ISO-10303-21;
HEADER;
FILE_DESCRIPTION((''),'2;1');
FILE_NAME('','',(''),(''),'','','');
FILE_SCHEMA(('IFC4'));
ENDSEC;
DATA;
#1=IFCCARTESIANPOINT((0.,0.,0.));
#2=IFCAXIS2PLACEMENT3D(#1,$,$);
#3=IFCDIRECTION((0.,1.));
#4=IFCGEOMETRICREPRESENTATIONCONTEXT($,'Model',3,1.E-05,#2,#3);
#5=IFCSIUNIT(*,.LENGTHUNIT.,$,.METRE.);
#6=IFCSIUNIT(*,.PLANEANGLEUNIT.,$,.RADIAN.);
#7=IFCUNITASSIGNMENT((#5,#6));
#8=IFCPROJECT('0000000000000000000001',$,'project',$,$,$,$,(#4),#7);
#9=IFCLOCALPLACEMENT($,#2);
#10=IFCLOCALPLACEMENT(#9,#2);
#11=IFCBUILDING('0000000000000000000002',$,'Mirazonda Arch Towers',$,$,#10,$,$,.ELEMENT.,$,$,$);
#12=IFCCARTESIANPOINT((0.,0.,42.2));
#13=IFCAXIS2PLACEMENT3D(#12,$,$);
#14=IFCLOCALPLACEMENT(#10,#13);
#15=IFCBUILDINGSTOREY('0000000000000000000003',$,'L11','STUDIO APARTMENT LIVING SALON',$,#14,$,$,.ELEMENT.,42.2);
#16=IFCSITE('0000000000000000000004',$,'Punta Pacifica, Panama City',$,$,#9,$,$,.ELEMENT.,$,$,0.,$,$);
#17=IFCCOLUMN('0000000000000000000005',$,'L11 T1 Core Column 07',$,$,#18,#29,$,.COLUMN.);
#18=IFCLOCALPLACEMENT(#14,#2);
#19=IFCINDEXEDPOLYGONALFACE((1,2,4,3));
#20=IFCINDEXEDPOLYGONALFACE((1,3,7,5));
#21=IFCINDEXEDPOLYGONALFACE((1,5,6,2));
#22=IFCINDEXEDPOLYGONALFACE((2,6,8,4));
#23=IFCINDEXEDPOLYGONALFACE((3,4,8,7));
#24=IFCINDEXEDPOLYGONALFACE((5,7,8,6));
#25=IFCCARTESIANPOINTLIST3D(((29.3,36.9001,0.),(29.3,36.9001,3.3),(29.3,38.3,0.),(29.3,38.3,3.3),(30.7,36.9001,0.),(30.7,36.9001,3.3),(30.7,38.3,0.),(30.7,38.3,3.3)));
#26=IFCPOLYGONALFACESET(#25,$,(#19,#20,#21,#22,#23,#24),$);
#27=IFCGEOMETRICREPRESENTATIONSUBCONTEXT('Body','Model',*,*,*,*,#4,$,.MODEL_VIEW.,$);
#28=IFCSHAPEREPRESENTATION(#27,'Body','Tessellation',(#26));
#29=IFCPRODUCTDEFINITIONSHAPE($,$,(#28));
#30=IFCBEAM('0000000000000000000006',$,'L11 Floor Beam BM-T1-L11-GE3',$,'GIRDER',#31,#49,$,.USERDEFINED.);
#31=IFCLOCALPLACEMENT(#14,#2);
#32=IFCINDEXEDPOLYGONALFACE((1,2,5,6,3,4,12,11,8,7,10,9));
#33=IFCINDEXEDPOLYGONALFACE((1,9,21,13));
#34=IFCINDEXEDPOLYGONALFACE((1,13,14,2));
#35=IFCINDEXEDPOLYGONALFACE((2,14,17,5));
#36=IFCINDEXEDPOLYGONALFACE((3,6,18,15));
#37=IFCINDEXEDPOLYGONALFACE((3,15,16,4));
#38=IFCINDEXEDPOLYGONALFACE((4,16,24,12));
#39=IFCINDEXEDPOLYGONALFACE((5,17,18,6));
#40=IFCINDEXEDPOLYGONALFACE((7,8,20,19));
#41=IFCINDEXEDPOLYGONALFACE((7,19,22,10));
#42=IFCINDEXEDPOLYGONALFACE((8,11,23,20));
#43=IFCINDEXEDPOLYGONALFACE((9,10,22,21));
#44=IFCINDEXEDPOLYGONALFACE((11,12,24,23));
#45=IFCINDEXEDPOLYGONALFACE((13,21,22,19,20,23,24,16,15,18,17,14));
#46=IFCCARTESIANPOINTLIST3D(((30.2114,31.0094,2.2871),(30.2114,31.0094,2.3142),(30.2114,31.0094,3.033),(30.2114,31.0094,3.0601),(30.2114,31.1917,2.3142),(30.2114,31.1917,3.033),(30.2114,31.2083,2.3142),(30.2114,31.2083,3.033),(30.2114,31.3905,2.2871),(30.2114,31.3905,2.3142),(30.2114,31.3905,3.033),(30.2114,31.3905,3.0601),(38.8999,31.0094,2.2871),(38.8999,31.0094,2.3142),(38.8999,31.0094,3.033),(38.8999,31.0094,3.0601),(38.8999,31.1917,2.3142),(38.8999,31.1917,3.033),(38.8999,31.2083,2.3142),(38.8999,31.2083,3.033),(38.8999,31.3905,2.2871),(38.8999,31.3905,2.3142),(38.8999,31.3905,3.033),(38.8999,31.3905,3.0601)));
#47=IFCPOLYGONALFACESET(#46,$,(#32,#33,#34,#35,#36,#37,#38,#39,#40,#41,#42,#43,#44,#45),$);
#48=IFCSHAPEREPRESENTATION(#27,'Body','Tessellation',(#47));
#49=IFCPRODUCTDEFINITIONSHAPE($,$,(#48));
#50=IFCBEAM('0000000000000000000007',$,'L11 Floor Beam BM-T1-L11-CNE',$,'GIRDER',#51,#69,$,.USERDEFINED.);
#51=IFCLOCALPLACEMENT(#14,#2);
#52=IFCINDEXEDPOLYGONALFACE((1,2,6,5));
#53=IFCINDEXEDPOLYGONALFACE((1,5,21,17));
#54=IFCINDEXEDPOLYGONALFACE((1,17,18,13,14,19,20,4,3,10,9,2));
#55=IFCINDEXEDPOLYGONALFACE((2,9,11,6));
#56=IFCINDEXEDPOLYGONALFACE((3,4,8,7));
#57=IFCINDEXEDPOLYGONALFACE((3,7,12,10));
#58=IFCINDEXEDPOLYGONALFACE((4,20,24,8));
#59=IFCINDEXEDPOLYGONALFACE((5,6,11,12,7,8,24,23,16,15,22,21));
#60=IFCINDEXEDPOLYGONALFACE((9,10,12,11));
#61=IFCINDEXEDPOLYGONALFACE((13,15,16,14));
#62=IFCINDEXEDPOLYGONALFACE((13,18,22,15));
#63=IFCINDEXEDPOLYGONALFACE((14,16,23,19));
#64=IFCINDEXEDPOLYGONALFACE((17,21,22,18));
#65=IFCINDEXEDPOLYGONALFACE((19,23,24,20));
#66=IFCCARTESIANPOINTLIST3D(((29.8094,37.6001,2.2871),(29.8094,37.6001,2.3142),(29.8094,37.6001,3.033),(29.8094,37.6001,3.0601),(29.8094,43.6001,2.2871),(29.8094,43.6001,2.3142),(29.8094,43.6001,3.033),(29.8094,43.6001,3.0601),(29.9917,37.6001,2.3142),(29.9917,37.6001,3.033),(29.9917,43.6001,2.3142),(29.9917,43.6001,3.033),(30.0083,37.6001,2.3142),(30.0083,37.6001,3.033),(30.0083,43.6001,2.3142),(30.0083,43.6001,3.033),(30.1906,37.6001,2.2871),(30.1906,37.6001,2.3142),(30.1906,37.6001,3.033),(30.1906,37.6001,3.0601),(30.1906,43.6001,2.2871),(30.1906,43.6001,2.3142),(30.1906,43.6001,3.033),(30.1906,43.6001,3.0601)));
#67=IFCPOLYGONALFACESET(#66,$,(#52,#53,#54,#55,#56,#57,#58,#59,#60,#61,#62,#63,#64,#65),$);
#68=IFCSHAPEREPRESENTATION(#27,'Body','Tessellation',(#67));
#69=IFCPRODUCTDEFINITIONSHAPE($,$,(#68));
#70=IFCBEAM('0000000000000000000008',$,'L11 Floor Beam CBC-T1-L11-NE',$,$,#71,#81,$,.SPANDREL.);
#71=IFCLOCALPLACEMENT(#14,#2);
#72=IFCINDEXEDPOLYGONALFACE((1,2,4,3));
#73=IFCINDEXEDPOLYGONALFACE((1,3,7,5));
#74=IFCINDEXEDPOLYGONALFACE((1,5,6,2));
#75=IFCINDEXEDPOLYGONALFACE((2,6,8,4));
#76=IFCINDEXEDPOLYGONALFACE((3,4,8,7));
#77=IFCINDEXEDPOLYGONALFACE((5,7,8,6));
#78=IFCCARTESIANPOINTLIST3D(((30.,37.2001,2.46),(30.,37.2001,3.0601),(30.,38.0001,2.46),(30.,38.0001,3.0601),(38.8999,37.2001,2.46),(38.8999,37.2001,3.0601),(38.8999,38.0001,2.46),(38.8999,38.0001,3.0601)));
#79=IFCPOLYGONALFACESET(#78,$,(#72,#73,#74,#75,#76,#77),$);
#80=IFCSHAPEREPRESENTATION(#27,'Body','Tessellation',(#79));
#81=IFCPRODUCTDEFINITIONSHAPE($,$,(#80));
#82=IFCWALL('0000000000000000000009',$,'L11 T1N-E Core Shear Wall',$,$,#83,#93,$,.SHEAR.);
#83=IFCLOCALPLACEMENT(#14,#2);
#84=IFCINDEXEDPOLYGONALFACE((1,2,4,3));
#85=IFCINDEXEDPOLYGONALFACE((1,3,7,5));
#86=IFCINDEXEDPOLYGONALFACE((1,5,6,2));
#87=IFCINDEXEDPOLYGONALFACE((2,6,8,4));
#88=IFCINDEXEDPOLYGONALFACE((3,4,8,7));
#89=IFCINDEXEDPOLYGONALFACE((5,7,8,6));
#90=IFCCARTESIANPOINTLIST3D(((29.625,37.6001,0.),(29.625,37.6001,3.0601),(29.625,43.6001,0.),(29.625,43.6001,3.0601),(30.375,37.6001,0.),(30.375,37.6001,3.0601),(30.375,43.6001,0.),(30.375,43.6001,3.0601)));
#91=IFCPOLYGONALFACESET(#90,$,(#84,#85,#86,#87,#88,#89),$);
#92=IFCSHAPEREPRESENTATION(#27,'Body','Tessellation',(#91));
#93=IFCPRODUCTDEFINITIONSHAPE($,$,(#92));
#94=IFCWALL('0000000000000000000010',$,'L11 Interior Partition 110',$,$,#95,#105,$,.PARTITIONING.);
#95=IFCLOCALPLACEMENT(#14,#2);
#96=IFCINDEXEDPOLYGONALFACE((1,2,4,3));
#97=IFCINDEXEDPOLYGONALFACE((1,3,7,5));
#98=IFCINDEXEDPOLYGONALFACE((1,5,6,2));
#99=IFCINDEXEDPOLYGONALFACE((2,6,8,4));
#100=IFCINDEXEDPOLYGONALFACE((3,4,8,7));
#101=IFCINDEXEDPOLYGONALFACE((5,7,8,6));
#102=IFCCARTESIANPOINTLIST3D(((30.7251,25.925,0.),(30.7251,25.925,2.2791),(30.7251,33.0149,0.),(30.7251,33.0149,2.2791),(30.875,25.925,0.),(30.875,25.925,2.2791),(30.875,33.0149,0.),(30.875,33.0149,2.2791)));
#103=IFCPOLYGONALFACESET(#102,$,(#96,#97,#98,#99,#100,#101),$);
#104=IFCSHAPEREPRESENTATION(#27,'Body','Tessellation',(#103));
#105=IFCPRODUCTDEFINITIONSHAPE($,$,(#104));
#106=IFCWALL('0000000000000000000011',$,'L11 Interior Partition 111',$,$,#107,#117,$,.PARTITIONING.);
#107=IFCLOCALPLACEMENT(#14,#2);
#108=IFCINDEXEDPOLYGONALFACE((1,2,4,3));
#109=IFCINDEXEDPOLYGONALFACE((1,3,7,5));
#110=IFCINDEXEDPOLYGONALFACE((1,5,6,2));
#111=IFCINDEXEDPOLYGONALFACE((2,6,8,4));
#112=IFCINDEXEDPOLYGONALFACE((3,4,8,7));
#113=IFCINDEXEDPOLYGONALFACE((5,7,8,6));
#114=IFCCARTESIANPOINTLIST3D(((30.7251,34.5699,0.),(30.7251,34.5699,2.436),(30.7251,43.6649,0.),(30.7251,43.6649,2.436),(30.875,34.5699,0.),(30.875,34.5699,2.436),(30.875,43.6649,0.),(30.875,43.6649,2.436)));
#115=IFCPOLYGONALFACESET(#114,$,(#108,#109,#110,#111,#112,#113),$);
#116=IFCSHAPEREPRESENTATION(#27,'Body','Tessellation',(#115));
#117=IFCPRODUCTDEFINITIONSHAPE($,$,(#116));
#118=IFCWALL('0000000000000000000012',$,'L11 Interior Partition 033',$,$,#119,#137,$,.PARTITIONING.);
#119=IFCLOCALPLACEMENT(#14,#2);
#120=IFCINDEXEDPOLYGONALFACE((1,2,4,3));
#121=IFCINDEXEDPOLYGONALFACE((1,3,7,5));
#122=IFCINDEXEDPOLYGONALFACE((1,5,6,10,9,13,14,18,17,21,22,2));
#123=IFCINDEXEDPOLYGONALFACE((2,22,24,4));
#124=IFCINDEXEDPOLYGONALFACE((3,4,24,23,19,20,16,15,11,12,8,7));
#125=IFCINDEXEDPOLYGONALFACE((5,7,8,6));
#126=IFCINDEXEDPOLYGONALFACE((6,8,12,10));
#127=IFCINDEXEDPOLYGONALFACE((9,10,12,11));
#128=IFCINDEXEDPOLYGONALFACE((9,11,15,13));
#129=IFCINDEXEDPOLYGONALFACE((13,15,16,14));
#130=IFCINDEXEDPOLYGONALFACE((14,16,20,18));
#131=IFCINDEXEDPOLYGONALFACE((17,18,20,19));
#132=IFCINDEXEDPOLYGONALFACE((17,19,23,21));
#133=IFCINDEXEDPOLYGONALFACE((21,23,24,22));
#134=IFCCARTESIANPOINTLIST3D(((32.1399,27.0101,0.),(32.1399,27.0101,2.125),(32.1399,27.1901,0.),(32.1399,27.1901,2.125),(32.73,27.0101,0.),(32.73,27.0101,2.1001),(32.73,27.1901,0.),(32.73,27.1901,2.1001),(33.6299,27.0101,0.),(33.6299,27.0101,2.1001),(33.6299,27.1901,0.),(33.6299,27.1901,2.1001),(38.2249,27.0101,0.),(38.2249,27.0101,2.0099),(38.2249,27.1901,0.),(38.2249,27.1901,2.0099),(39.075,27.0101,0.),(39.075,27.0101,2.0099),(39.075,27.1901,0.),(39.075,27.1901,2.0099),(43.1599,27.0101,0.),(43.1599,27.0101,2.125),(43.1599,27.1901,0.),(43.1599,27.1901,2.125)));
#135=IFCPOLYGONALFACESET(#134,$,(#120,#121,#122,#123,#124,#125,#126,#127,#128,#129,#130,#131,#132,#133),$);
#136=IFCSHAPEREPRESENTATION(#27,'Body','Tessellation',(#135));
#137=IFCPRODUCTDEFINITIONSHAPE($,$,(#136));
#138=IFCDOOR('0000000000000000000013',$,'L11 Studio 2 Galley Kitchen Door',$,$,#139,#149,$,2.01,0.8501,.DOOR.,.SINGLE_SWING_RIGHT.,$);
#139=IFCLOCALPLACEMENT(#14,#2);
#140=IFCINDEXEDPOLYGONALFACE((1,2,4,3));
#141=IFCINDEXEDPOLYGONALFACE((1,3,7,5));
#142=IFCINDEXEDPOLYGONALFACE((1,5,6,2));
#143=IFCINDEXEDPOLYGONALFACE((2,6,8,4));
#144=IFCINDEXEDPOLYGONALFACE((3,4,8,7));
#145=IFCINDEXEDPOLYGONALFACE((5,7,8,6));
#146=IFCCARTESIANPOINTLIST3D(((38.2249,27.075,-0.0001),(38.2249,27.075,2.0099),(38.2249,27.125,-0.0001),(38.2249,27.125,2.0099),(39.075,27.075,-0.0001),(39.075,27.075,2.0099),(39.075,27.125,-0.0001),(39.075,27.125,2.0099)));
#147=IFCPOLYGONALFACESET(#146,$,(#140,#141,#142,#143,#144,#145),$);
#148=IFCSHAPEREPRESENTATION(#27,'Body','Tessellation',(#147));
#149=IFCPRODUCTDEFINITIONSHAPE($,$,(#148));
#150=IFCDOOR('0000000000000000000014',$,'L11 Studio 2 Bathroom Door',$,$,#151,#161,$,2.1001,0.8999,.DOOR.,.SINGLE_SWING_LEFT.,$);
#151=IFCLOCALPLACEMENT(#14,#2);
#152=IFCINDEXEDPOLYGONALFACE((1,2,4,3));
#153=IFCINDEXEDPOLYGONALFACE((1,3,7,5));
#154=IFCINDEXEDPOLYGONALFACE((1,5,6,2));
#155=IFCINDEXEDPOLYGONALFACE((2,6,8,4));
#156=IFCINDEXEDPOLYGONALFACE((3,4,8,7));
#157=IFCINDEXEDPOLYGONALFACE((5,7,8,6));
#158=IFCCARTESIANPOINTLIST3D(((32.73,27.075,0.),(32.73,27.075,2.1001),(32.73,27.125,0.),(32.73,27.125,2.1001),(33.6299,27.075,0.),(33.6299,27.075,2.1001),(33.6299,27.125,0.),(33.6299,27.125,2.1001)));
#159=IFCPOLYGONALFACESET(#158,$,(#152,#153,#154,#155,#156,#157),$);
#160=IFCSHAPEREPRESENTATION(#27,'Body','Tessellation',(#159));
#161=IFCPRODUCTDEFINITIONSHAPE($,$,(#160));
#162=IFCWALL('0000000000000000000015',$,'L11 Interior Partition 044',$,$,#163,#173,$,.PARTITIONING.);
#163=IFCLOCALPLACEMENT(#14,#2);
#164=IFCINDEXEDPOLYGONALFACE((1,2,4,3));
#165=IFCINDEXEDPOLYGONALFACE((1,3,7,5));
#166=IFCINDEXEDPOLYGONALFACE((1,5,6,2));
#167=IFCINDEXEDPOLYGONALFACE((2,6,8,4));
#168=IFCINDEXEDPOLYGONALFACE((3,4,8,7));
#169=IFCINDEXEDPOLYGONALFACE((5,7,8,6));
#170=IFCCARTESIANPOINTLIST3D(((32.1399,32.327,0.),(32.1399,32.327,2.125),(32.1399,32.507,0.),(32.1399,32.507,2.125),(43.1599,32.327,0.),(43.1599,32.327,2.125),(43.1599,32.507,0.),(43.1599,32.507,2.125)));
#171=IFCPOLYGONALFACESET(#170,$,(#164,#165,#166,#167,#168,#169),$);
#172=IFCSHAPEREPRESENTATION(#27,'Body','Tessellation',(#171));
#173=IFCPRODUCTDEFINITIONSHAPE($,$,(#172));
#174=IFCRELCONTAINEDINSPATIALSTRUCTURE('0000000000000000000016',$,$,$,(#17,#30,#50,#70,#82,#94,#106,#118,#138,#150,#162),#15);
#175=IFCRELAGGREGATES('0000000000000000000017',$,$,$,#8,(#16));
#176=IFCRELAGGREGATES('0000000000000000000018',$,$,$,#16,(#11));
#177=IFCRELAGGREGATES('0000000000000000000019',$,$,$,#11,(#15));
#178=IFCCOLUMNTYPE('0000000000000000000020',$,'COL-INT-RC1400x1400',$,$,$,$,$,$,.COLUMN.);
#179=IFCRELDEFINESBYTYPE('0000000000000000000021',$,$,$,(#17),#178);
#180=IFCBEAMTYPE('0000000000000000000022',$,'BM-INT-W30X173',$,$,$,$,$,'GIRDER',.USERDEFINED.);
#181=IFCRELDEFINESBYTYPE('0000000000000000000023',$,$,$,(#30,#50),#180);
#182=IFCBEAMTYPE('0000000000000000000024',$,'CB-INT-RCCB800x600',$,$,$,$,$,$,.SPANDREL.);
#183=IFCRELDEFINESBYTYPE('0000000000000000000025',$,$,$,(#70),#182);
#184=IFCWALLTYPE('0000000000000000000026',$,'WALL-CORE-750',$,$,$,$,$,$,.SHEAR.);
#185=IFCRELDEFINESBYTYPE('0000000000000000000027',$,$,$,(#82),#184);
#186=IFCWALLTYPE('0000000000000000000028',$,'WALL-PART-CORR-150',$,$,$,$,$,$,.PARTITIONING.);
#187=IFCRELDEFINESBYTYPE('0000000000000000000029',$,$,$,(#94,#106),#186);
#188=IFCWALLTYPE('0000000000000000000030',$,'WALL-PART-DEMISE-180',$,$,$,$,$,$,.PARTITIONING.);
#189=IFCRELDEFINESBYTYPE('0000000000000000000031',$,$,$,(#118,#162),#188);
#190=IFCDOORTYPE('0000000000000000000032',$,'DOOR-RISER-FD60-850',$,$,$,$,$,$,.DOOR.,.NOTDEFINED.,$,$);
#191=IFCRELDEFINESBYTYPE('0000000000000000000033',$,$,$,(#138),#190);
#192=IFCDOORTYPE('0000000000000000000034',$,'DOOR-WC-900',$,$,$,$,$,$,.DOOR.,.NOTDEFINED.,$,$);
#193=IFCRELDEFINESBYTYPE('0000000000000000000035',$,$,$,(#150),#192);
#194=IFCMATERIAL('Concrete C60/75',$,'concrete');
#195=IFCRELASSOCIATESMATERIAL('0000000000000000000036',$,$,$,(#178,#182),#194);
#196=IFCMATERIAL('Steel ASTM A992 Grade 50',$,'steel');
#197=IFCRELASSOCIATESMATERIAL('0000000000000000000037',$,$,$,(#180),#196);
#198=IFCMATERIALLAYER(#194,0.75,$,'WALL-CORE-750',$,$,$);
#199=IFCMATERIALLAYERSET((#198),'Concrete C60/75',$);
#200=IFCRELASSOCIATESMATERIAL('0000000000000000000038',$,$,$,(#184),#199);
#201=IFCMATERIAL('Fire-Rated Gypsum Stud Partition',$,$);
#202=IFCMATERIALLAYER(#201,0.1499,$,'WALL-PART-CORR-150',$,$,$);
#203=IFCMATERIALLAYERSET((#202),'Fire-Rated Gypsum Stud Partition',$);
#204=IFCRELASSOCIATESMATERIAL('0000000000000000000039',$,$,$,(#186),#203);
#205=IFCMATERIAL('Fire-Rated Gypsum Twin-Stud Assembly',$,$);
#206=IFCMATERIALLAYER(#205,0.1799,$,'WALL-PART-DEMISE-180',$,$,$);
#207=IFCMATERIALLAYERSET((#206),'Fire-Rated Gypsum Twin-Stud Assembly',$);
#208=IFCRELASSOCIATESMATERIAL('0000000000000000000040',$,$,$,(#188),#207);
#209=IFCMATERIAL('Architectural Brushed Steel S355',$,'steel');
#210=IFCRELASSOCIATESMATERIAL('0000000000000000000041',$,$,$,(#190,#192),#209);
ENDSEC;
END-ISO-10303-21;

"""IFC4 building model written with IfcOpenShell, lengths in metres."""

from ifc_helpers import new_model, si_unit, direction, frame, frame_2d, origin, origin_2d, place, context, subcontext, project, spatial, rectangle, i_section, extrude, material, layer, layer_set, material_profile, profile_set, type_object, element, fill, save


model = new_model("IFC4")

# Units and contexts
model_context = context("Model", 3, precision=1e-05, world=origin(), true_north=direction((0.0, 1.0)))
body_context = subcontext(model_context, "Body", "Model", "MODEL_VIEW")
ifc_project = project(units=[si_unit("LENGTHUNIT", "METRE"), si_unit("PLANEANGLEUNIT", "RADIAN")], contexts=[model_context])

# Site, building, storey
site_placement = place(None, origin())
site = spatial("IfcSite", under=ifc_project, at=site_placement, Name="Punta Pacifica, Panama City", CompositionType="ELEMENT", RefElevation=0.0)
building_placement = place(site_placement, origin())
building = spatial("IfcBuilding", under=site, at=building_placement, Name="Mirazonda Arch Towers", CompositionType="ELEMENT")
storey_placement = place(building_placement, frame((0.0, 0.0, 42.2)))
storey = spatial("IfcBuildingStorey", under=building, at=storey_placement, Name="L11", Description="STUDIO APARTMENT LIVING SALON", CompositionType="ELEMENT", Elevation=42.2)

# Column
ifc_material_1 = material(Name="Concrete C60/75", Category="concrete")
ifc_material_profile_1 = material_profile(ifc_material_1, rectangle(XDim=1.3999, YDim=1.3999, at=origin_2d()), Name="RC1400x1400")
ifc_profile_set_1 = profile_set([ifc_material_profile_1], Name="Concrete C60/75")
column_type = type_object("IfcColumnType", Name="COL-INT-RC1400x1400", PredefinedType="COLUMN", material=ifc_profile_set_1)
column_placement = place(storey_placement, frame((30.0, 37.6001, 0.0), z_axis=(0.0, 0.0, 1.0), x_axis=(1.0, 0.0, 0.0)))
element("IfcColumn", 1, at=column_placement, inside=storey, type_object=column_type, Name="L11 T1 Core Column 07", PredefinedType="COLUMN", context=body_context, shape_type="SweptSolid", body=[
    extrude(rectangle(XDim=1.3999, YDim=1.3999, at=origin_2d()), origin(), (0.0, 0.0, 1.0), 3.3),
])

# Beams
ifc_material_2 = material(Name="Steel ASTM A992 Grade 50", Category="steel")
ifc_material_profile_2 = material_profile(ifc_material_2, i_section(OverallWidth=0.3811, OverallDepth=0.7729, WebThickness=0.0166, FlangeThickness=0.0271, at=origin_2d()), Name="W30X173")
ifc_profile_set_2 = profile_set([ifc_material_profile_2], Name="Steel ASTM A992 Grade 50")
beam_type_1 = type_object("IfcBeamType", Name="BM-INT-W30X173", ElementType="GIRDER", PredefinedType="USERDEFINED", material=ifc_profile_set_2)
beam_1_placement = place(storey_placement, frame((30.2114, 31.2, 2.6736), z_axis=(1.0, 0.0, 0.0), x_axis=(0.0, 1.0, 0.0)))
element("IfcBeam", 2, at=beam_1_placement, inside=storey, type_object=beam_type_1, Name="L11 Floor Beam BM-T1-L11-GE3", ObjectType="GIRDER", PredefinedType="USERDEFINED", context=body_context, shape_type="SweptSolid", body=[
    extrude(i_section(OverallWidth=0.3811, OverallDepth=0.7729, WebThickness=0.0166, FlangeThickness=0.0271, at=origin_2d()), origin(), (0.0, 0.0, 1.0), 8.6885),
])
beam_2_placement = place(storey_placement, frame((30.0, 37.6001, 2.6736), z_axis=(0.0, 1.0, 0.0), x_axis=(-1.0, 0.0, 0.0)))
element("IfcBeam", 3, at=beam_2_placement, inside=storey, type_object=beam_type_1, Name="L11 Floor Beam BM-T1-L11-CNE", ObjectType="GIRDER", PredefinedType="USERDEFINED", context=body_context, shape_type="SweptSolid", body=[
    extrude(i_section(OverallWidth=0.3811, OverallDepth=0.7729, WebThickness=0.0166, FlangeThickness=0.0271, at=origin_2d()), origin(), (0.0, 0.0, 1.0), 6.0),
])
ifc_material_profile_3 = material_profile(ifc_material_1, rectangle(XDim=0.8, YDim=0.6001, at=origin_2d()), Name="RCCB800x600")
ifc_profile_set_3 = profile_set([ifc_material_profile_3], Name="Concrete C60/75")
beam_type_2 = type_object("IfcBeamType", Name="CB-INT-RCCB800x600", PredefinedType="SPANDREL", material=ifc_profile_set_3)
beam_3_placement = place(storey_placement, frame((30.0, 37.6001, 2.76), z_axis=(1.0, 0.0, 0.0), x_axis=(0.0, 1.0, 0.0)))
element("IfcBeam", 4, at=beam_3_placement, inside=storey, type_object=beam_type_2, Name="L11 Floor Beam CBC-T1-L11-NE", PredefinedType="SPANDREL", context=body_context, shape_type="SweptSolid", body=[
    extrude(rectangle(XDim=0.8, YDim=0.6001, at=origin_2d()), origin(), (0.0, 0.0, 1.0), 8.8999),
])

# Walls
ifc_layer_1 = layer(ifc_material_1, 0.75, Name="WALL-CORE-750")
ifc_layer_set_1 = layer_set([ifc_layer_1], Name="Concrete C60/75")
wall_type_1 = type_object("IfcWallType", Name="WALL-CORE-750", PredefinedType="SHEAR", material=ifc_layer_set_1)
wall_1_placement = place(storey_placement, frame((30.0, 37.6001, 0.0), z_axis=(0.0, 0.0, 1.0), x_axis=(0.0, 1.0, 0.0)))
element("IfcWall", 5, at=wall_1_placement, inside=storey, type_object=wall_type_1, Name="L11 T1N-E Core Shear Wall", PredefinedType="SHEAR", context=body_context, shape_type="SweptSolid", body=[
    extrude(rectangle(XDim=6.0, YDim=0.75, at=frame_2d((3.0, 0.0))), origin(), (0.0, 0.0, 1.0), 3.0601),
])
ifc_material_3 = material(Name="Fire-Rated Gypsum Stud Partition")
ifc_layer_2 = layer(ifc_material_3, 0.1499, Name="WALL-PART-CORR-150")
ifc_layer_set_2 = layer_set([ifc_layer_2], Name="Fire-Rated Gypsum Stud Partition")
wall_type_2 = type_object("IfcWallType", Name="WALL-PART-CORR-150", PredefinedType="PARTITIONING", material=ifc_layer_set_2)
wall_2_placement = place(storey_placement, frame((30.8, 25.925, 0.0), z_axis=(0.0, 0.0, 1.0), x_axis=(0.0, 1.0, 0.0)))
element("IfcWall", 6, at=wall_2_placement, inside=storey, type_object=wall_type_2, Name="L11 Interior Partition 110", PredefinedType="PARTITIONING", context=body_context, shape_type="SweptSolid", body=[
    extrude(rectangle(XDim=7.0898, YDim=0.1499, at=frame_2d((3.5449, 0.0))), origin(), (0.0, 0.0, 1.0), 2.2791),
])
wall_3_placement = place(storey_placement, frame((30.8, 34.5701, 0.0), z_axis=(0.0, 0.0, 1.0), x_axis=(0.0, 1.0, 0.0)))
element("IfcWall", 7, at=wall_3_placement, inside=storey, type_object=wall_type_2, Name="L11 Interior Partition 111", PredefinedType="PARTITIONING", context=body_context, shape_type="SweptSolid", body=[
    extrude(rectangle(XDim=9.095, YDim=0.1499, at=frame_2d((4.5474, 0.0))), origin(), (0.0, 0.0, 1.0), 2.436),
])

# Wall, openings, doors
ifc_material_4 = material(Name="Fire-Rated Gypsum Twin-Stud Assembly")
ifc_layer_3 = layer(ifc_material_4, 0.1799, Name="WALL-PART-DEMISE-180")
ifc_layer_set_3 = layer_set([ifc_layer_3], Name="Fire-Rated Gypsum Twin-Stud Assembly")
wall_type_3 = type_object("IfcWallType", Name="WALL-PART-DEMISE-180", PredefinedType="PARTITIONING", material=ifc_layer_set_3)
wall_4_placement = place(storey_placement, frame((32.1399, 27.1001, 0.0), z_axis=(0.0, 0.0, 1.0), x_axis=(1.0, 0.0, 0.0)))
wall_4 = element("IfcWall", 8, at=wall_4_placement, inside=storey, type_object=wall_type_3, Name="L11 Interior Partition 033", PredefinedType="PARTITIONING", context=body_context, shape_type="SweptSolid", body=[
    extrude(rectangle(XDim=11.02, YDim=0.1799, at=frame_2d((5.51, 0.0))), origin(), (0.0, 0.0, 1.0), 2.125),
])
opening_1_placement = place(wall_4_placement, frame((6.085, 0.0, 0.0)))
opening_1 = element("IfcOpeningElement", 9, at=opening_1_placement, cuts=wall_4, PredefinedType="OPENING", context=body_context, shape_type="SweptSolid", body=[
    extrude(rectangle(XDim=0.8501, YDim=2.01, at=frame_2d((0.425, 1.0049))), frame((0.0, 0.0999, 0.0), z_axis=(0.0, -1.0, 0.0), x_axis=(1.0, 0.0, 0.0)), (0.0, 0.0, 1.0), 0.2),
])
opening_2_placement = place(wall_4_placement, frame((0.5901, 0.0, 0.0)))
opening_2 = element("IfcOpeningElement", 10, at=opening_2_placement, cuts=wall_4, PredefinedType="OPENING", context=body_context, shape_type="SweptSolid", body=[
    extrude(rectangle(XDim=0.8999, YDim=2.1001, at=frame_2d((0.45, 1.05))), frame((0.0, 0.0999, 0.0), z_axis=(0.0, -1.0, 0.0), x_axis=(1.0, 0.0, 0.0)), (0.0, 0.0, 1.0), 0.2),
])
ifc_material_5 = material(Name="Architectural Brushed Steel S355", Category="steel")
door_type_1 = type_object("IfcDoorType", Name="DOOR-RISER-FD60-850", OperationType="NOTDEFINED", PredefinedType="DOOR", material=ifc_material_5)
door_1_placement = place(opening_1_placement, origin())
door_1 = element("IfcDoor", 11, at=door_1_placement, inside=storey, type_object=door_type_1, Name="L11 Studio 2 Galley Kitchen Door", OperationType="SINGLE_SWING_RIGHT", OverallHeight=2.01, OverallWidth=0.8501, PredefinedType="DOOR", context=body_context, shape_type="SweptSolid", body=[
    extrude(rectangle(XDim=0.8501, YDim=2.01, at=frame_2d((0.425, 1.0049))), frame((0.0, 0.0249, 0.0), z_axis=(0.0, -1.0, 0.0), x_axis=(1.0, 0.0, 0.0)), (0.0, 0.0, 1.0), 0.05),
])
fill(opening_1, door_1)
door_type_2 = type_object("IfcDoorType", Name="DOOR-WC-900", OperationType="NOTDEFINED", PredefinedType="DOOR", material=ifc_material_5)
door_2_placement = place(opening_2_placement, origin())
door_2 = element("IfcDoor", 12, at=door_2_placement, inside=storey, type_object=door_type_2, Name="L11 Studio 2 Bathroom Door", OperationType="SINGLE_SWING_LEFT", OverallHeight=2.1001, OverallWidth=0.8999, PredefinedType="DOOR", context=body_context, shape_type="SweptSolid", body=[
    extrude(rectangle(XDim=0.8999, YDim=2.1001, at=frame_2d((0.45, 1.05))), frame((0.0, 0.0249, 0.0), z_axis=(0.0, -1.0, 0.0), x_axis=(1.0, 0.0, 0.0)), (0.0, 0.0, 1.0), 0.05),
])
fill(opening_2, door_2)

# Wall
wall_5_placement = place(storey_placement, frame((32.1399, 32.417, 0.0), z_axis=(0.0, 0.0, 1.0), x_axis=(1.0, 0.0, 0.0)))
element("IfcWall", 13, at=wall_5_placement, inside=storey, type_object=wall_type_3, Name="L11 Interior Partition 044", PredefinedType="PARTITIONING", context=body_context, shape_type="SweptSolid", body=[
    extrude(rectangle(XDim=11.02, YDim=0.1799, at=frame_2d((5.51, 0.0))), origin(), (0.0, 0.0, 1.0), 2.125),
])

save(model, "model.ifc")
